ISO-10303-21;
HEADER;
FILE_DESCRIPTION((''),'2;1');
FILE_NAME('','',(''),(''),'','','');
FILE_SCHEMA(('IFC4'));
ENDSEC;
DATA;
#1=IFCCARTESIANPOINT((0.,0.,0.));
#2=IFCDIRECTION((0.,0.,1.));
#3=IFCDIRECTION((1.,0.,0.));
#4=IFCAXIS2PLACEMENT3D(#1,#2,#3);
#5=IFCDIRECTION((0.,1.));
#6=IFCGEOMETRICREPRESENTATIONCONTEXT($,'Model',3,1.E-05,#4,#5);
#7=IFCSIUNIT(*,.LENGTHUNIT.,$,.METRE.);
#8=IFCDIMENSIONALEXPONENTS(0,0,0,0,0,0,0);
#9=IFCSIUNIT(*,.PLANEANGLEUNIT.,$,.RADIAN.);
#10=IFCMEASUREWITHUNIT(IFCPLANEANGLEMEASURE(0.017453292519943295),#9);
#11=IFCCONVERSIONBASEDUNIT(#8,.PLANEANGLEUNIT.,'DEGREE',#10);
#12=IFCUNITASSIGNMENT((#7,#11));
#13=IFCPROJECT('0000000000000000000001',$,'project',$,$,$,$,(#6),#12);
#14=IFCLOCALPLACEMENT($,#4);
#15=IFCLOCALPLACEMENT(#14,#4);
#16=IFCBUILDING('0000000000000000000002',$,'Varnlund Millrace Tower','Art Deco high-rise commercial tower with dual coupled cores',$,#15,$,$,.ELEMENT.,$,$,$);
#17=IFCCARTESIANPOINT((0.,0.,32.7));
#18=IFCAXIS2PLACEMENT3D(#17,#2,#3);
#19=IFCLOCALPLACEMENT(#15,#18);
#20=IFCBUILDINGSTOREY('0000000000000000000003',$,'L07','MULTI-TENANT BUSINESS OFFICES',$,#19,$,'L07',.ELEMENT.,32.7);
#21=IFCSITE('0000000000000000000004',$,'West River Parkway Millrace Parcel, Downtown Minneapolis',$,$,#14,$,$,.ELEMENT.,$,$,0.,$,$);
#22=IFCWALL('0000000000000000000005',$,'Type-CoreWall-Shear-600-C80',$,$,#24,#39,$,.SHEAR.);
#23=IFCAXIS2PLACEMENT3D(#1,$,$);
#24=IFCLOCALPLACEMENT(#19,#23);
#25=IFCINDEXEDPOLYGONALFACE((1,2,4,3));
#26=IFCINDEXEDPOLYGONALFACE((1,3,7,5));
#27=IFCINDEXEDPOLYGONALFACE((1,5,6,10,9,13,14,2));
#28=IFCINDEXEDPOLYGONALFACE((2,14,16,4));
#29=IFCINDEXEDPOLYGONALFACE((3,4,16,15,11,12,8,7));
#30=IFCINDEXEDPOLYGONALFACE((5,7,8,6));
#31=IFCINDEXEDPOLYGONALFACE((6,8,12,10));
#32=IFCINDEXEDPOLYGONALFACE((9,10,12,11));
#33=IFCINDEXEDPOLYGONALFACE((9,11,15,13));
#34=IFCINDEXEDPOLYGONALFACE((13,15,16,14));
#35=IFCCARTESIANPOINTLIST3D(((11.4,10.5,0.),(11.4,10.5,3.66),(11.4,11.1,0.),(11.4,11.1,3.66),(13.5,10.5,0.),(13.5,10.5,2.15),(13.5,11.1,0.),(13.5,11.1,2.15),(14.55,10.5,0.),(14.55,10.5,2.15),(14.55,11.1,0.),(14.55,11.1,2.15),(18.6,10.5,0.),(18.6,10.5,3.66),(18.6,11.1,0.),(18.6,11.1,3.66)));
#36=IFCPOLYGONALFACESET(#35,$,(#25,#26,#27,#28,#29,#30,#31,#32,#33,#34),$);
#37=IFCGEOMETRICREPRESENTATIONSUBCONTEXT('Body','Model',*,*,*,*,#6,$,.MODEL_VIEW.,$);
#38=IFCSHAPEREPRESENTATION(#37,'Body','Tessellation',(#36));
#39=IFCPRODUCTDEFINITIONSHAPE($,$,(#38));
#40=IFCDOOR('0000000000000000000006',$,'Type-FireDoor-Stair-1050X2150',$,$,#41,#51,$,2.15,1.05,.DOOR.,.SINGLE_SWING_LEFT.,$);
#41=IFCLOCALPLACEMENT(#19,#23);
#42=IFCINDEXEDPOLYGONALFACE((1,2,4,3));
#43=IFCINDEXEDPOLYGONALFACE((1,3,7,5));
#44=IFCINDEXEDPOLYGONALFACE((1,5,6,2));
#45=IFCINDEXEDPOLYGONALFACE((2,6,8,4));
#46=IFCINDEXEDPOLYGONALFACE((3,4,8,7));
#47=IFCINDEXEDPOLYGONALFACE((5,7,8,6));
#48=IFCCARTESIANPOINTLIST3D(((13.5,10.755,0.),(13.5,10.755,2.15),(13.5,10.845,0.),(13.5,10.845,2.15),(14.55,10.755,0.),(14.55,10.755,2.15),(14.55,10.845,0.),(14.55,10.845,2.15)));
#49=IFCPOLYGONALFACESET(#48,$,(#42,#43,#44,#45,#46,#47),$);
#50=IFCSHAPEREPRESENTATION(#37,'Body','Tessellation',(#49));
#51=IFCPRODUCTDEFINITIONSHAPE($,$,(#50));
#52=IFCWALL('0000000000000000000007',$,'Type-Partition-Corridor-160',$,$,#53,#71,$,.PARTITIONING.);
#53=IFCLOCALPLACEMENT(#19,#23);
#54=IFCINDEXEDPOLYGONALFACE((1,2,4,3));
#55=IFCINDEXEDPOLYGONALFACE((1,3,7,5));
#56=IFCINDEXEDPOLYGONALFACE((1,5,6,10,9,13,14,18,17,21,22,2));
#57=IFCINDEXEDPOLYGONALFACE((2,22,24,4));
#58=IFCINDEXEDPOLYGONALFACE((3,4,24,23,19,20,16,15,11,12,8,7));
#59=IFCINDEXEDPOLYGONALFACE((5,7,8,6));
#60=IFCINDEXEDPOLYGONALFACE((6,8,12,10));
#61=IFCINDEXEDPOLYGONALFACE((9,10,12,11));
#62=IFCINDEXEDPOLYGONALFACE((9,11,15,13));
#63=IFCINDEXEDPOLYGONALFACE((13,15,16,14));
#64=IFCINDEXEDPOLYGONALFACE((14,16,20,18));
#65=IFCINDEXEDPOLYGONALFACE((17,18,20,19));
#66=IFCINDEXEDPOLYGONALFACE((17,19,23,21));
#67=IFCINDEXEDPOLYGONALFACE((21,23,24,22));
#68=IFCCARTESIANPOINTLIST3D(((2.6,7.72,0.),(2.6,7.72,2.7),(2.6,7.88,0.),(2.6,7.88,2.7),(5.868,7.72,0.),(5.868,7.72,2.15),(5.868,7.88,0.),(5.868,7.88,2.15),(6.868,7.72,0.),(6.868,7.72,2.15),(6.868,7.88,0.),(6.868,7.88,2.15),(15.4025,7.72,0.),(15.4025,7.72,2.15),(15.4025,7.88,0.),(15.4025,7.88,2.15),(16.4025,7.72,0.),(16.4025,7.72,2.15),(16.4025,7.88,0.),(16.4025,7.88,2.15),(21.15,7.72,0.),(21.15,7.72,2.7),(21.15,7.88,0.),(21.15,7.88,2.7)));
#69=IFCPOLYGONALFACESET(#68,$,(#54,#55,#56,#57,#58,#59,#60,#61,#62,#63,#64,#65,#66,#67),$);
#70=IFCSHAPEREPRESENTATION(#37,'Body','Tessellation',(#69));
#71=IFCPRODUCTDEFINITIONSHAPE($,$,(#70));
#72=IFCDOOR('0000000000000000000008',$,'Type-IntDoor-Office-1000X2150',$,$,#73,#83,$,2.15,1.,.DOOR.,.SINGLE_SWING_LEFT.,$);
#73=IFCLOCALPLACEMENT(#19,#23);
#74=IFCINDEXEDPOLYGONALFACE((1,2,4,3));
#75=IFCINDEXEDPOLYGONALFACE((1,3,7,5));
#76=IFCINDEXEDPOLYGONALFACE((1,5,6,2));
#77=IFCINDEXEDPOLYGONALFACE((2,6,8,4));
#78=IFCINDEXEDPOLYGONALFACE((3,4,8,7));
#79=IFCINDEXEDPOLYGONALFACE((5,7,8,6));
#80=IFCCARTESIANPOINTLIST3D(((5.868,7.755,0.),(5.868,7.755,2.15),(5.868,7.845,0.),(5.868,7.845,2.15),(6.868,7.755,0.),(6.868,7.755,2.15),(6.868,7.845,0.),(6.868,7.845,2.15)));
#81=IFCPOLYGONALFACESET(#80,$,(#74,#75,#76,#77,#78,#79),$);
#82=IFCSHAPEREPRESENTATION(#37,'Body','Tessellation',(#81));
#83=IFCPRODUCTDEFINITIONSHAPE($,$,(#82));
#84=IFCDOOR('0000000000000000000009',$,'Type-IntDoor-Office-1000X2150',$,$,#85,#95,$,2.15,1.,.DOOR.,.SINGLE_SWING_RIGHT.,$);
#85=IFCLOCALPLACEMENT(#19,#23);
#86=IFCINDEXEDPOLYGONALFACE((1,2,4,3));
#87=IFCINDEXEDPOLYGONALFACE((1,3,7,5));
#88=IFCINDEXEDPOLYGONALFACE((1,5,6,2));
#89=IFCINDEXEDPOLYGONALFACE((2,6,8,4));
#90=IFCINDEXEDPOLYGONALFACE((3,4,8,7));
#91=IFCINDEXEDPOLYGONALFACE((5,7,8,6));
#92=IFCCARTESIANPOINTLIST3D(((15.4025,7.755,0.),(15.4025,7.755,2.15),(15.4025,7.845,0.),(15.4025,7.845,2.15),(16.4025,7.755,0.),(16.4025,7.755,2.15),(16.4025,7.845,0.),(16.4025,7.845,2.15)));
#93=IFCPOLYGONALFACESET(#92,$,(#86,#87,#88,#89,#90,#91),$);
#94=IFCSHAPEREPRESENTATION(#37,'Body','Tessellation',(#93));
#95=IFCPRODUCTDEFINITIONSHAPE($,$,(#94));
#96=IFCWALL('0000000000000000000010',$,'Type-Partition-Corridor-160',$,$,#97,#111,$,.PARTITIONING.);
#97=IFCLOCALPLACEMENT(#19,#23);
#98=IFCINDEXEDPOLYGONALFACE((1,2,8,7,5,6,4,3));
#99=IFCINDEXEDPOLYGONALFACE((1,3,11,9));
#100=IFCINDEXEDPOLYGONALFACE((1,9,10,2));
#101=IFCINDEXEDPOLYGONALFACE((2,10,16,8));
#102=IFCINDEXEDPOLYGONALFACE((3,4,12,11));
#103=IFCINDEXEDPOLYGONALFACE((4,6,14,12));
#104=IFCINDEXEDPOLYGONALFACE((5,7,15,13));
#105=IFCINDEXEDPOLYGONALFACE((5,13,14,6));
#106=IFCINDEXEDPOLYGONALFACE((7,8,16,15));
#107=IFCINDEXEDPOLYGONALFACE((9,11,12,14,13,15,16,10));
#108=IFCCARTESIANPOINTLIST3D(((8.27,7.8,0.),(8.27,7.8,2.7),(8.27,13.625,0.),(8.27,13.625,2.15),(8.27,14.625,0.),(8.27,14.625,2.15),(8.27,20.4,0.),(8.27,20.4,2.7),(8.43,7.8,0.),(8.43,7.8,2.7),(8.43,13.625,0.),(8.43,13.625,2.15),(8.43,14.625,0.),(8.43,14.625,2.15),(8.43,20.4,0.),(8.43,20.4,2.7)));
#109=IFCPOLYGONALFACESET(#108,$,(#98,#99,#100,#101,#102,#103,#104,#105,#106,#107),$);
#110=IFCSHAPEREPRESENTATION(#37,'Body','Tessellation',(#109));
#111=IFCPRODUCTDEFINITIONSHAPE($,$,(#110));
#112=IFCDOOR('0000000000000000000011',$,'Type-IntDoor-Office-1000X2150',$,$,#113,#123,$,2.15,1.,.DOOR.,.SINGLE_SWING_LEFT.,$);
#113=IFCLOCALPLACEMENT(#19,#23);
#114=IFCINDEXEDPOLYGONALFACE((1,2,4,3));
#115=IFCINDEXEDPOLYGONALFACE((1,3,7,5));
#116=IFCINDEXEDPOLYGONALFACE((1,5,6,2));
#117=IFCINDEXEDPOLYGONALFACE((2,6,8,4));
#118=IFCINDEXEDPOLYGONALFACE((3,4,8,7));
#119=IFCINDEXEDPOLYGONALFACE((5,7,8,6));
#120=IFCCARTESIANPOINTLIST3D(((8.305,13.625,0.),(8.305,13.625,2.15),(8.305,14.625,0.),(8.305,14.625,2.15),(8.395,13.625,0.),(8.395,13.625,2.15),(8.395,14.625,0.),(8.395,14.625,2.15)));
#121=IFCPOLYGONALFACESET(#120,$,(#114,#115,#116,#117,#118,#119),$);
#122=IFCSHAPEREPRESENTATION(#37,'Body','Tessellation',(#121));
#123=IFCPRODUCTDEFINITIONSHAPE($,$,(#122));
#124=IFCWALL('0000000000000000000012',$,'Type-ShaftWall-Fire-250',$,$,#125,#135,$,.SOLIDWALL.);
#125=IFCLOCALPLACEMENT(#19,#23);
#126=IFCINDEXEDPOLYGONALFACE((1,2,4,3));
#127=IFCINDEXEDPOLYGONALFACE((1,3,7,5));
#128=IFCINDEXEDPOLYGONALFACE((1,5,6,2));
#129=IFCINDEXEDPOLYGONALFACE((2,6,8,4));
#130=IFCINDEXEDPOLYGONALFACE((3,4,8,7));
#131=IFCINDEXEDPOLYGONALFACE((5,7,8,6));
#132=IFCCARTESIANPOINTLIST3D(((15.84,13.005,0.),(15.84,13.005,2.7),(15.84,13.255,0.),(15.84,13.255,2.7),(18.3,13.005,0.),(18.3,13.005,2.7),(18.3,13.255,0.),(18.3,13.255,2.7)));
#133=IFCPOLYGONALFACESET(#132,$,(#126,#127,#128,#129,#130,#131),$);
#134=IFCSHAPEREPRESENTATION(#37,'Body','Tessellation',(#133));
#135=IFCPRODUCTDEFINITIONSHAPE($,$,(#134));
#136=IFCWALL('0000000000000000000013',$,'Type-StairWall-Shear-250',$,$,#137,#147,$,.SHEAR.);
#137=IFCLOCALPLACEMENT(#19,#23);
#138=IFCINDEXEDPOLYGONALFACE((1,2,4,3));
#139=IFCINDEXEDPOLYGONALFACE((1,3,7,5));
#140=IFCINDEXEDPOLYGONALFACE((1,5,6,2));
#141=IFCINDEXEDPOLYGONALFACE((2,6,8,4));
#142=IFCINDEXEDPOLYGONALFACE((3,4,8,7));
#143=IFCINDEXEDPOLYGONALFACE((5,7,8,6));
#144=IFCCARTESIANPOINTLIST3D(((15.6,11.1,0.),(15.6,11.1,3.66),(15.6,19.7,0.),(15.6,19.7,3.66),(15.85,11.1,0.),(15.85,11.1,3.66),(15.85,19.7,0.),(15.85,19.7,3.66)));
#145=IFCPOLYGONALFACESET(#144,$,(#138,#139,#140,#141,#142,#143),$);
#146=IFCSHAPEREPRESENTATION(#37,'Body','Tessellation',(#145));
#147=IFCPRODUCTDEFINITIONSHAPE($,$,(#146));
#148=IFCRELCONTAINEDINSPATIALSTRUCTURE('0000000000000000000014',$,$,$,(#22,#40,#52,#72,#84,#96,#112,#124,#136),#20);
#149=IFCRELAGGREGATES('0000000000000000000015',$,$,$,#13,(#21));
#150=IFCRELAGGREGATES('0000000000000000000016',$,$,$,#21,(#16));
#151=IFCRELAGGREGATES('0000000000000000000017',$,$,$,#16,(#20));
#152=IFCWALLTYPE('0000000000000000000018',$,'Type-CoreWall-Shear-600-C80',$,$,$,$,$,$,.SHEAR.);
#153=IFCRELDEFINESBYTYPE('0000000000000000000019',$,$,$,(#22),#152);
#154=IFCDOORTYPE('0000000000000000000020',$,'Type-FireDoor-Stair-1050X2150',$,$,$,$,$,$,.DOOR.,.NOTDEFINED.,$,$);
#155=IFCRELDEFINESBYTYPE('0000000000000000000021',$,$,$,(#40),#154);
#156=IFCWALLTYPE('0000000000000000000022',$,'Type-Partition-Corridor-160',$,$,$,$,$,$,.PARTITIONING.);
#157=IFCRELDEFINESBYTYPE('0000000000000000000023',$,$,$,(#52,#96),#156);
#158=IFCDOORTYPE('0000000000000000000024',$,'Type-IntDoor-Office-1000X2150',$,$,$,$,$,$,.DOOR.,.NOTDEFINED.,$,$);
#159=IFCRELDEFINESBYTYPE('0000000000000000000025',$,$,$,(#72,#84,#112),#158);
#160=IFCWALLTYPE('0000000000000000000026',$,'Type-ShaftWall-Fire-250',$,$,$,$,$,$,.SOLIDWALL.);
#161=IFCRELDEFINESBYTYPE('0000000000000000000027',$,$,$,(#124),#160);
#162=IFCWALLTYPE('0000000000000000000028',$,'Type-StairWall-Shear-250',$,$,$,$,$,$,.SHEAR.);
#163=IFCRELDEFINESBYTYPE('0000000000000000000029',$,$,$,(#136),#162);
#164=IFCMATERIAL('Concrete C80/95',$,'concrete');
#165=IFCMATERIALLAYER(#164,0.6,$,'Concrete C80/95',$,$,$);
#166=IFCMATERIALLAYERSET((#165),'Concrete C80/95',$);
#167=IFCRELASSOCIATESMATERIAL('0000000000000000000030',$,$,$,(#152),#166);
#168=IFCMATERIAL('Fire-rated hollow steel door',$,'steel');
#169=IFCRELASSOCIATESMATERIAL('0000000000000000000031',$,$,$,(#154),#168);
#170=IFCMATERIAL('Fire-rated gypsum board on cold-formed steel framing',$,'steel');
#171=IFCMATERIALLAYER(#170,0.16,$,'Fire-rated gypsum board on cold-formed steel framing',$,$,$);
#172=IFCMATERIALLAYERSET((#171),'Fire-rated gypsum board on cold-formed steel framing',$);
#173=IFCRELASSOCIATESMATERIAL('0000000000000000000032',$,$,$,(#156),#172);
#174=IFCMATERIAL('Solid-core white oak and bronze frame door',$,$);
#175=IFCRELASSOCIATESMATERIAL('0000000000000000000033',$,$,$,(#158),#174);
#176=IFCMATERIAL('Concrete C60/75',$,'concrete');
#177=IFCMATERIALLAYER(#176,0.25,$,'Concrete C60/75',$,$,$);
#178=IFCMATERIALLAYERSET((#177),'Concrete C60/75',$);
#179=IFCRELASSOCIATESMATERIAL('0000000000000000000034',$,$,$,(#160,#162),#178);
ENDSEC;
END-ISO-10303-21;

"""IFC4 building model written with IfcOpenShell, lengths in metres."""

from ifc_helpers import new_model, entity, si_unit, converted_unit, direction, frame, origin_with_axes, origin_2d_with_axis, place, context, subcontext, project, spatial, polyline, rectangle, outline, extrude, material, layer, layer_set, type_object, element, fill, save


model = new_model("IFC4")

# Units and contexts
model_context = context("Model", 3, precision=1e-05, world=origin_with_axes(), true_north=direction((0.0, 1.0)))
body_context = subcontext(model_context, "Body", "Model", "MODEL_VIEW")
ifc_project = project(units=[si_unit("LENGTHUNIT", "METRE"), converted_unit("PLANEANGLEUNIT", "DEGREE", entity("IfcPlaneAngleMeasure", 0.017453292519943295), si_unit("PLANEANGLEUNIT", "RADIAN"), dimensions=[0, 0, 0, 0, 0, 0, 0])], contexts=[model_context])

# Site, building, storey
site_placement = place(None, origin_with_axes())
site = spatial("IfcSite", under=ifc_project, at=site_placement, Name="West River Parkway Millrace Parcel, Downtown Minneapolis", CompositionType="ELEMENT", RefElevation=0.0)
building_placement = place(site_placement, origin_with_axes())
building = spatial("IfcBuilding", under=site, at=building_placement, Name="Varnlund Millrace Tower", Description="Art Deco high-rise commercial tower with dual coupled cores", CompositionType="ELEMENT")
storey_placement = place(building_placement, frame((0.0, 0.0, 32.7), z_axis=(0.0, 0.0, 1.0), x_axis=(1.0, 0.0, 0.0)))
storey = spatial("IfcBuildingStorey", under=building, at=storey_placement, Name="L07", Description="MULTI-TENANT BUSINESS OFFICES", LongName="L07", CompositionType="ELEMENT", Elevation=32.7)

# Shared definitions
ifc_material_1 = material(Name="Concrete C80/95", Category="concrete")

# Shared definitions
ifc_layer_1 = layer(ifc_material_1, 0.6, Name="Concrete C80/95")
ifc_layer_set_1 = layer_set([ifc_layer_1], Name="Concrete C80/95")
wall_type_1 = type_object("IfcWallType", Name="Type-CoreWall-Shear-600-C80", PredefinedType="SHEAR", material=ifc_layer_set_1)

# Wall, opening, door
wall_1_placement = place(storey_placement, frame((11.4, 10.8, 0.0), z_axis=(0.0, 0.0, 1.0), x_axis=(1.0, 0.0, 0.0)))
wall_1 = element("IfcWall", 1, at=wall_1_placement, inside=storey, type_object=wall_type_1, Name="Type-CoreWall-Shear-600-C80", PredefinedType="SHEAR", context=body_context, shape_type="SweptSolid", body=[
    extrude(outline(polyline([(0.0, -0.3), (7.2, -0.3), (7.2, 0.3), (0.0, 0.3), (0.0, -0.3)])), origin_with_axes(), (0.0, 0.0, 1.0), 3.66),
])
opening_1_placement = place(wall_1_placement, frame((2.625, 0.0, 0.0), z_axis=(0.0, 0.0, 1.0), x_axis=(1.0, 0.0, 0.0)))
opening_1 = element("IfcOpeningElement", 2, at=opening_1_placement, cuts=wall_1, PredefinedType="OPENING", context=body_context, shape_type="SweptSolid", body=[
    extrude(rectangle(XDim=1.05, YDim=0.62, at=origin_2d_with_axis()), origin_with_axes(), (0.0, 0.0, 1.0), 2.15),
])
ifc_material_2 = material(Name="Fire-rated hollow steel door", Category="steel")
door_type_1 = type_object("IfcDoorType", Name="Type-FireDoor-Stair-1050X2150", OperationType="NOTDEFINED", PredefinedType="DOOR", material=ifc_material_2)
door_1_placement = place(wall_1_placement, frame((2.625, 0.0, 0.0), z_axis=(0.0, 0.0, 1.0), x_axis=(1.0, 0.0, 0.0)))
door_1 = element("IfcDoor", 3, at=door_1_placement, inside=storey, type_object=door_type_1, Name="Type-FireDoor-Stair-1050X2150", OperationType="SINGLE_SWING_LEFT", OverallHeight=2.15, OverallWidth=1.05, PredefinedType="DOOR", context=body_context, shape_type="SweptSolid", body=[
    extrude(rectangle(XDim=1.05, YDim=0.09, at=origin_2d_with_axis()), origin_with_axes(), (0.0, 0.0, 1.0), 2.15),
])
fill(opening_1, door_1)

# Wall, openings, doors
ifc_material_3 = material(Name="Fire-rated gypsum board on cold-formed steel framing", Category="steel")
ifc_layer_2 = layer(ifc_material_3, 0.16, Name="Fire-rated gypsum board on cold-formed steel framing")
ifc_layer_set_2 = layer_set([ifc_layer_2], Name="Fire-rated gypsum board on cold-formed steel framing")
wall_type_2 = type_object("IfcWallType", Name="Type-Partition-Corridor-160", PredefinedType="PARTITIONING", material=ifc_layer_set_2)
wall_2_placement = place(storey_placement, frame((2.6, 7.8, 0.0), z_axis=(0.0, 0.0, 1.0), x_axis=(1.0, 0.0, 0.0)))
wall_2 = element("IfcWall", 4, at=wall_2_placement, inside=storey, type_object=wall_type_2, Name="Type-Partition-Corridor-160", PredefinedType="PARTITIONING", context=body_context, shape_type="SweptSolid", body=[
    extrude(outline(polyline([(0.0, -0.08), (18.55, -0.08), (18.55, 0.08), (0.0, 0.08), (0.0, -0.08)])), origin_with_axes(), (0.0, 0.0, 1.0), 2.7),
])
opening_2_placement = place(wall_2_placement, frame((3.768, 0.0, 0.0), z_axis=(0.0, 0.0, 1.0), x_axis=(1.0, 0.0, 0.0)))
opening_2 = element("IfcOpeningElement", 5, at=opening_2_placement, cuts=wall_2, PredefinedType="OPENING", context=body_context, shape_type="SweptSolid", body=[
    extrude(rectangle(XDim=1.0, YDim=0.18, at=origin_2d_with_axis()), origin_with_axes(), (0.0, 0.0, 1.0), 2.15),
])
opening_3_placement = place(wall_2_placement, frame((13.3025, 0.0, 0.0), z_axis=(0.0, 0.0, 1.0), x_axis=(1.0, 0.0, 0.0)))
opening_3 = element("IfcOpeningElement", 6, at=opening_3_placement, cuts=wall_2, PredefinedType="OPENING", context=body_context, shape_type="SweptSolid", body=[
    extrude(rectangle(XDim=1.0, YDim=0.18, at=origin_2d_with_axis()), origin_with_axes(), (0.0, 0.0, 1.0), 2.15),
])
ifc_material_4 = material(Name="Solid-core white oak and bronze frame door")
door_type_2 = type_object("IfcDoorType", Name="Type-IntDoor-Office-1000X2150", OperationType="NOTDEFINED", PredefinedType="DOOR", material=ifc_material_4)
door_2_placement = place(wall_2_placement, frame((3.768, 0.0, 0.0), z_axis=(0.0, 0.0, 1.0), x_axis=(1.0, 0.0, 0.0)))
door_2 = element("IfcDoor", 7, at=door_2_placement, inside=storey, type_object=door_type_2, Name="Type-IntDoor-Office-1000X2150", OperationType="SINGLE_SWING_LEFT", OverallHeight=2.15, OverallWidth=1.0, PredefinedType="DOOR", context=body_context, shape_type="SweptSolid", body=[
    extrude(rectangle(XDim=1.0, YDim=0.09, at=origin_2d_with_axis()), origin_with_axes(), (0.0, 0.0, 1.0), 2.15),
])
fill(opening_2, door_2)
door_3_placement = place(wall_2_placement, frame((13.3025, 0.0, 0.0), z_axis=(0.0, 0.0, 1.0), x_axis=(1.0, 0.0, 0.0)))
door_3 = element("IfcDoor", 8, at=door_3_placement, inside=storey, type_object=door_type_2, Name="Type-IntDoor-Office-1000X2150", OperationType="SINGLE_SWING_RIGHT", OverallHeight=2.15, OverallWidth=1.0, PredefinedType="DOOR", context=body_context, shape_type="SweptSolid", body=[
    extrude(rectangle(XDim=1.0, YDim=0.09, at=origin_2d_with_axis()), origin_with_axes(), (0.0, 0.0, 1.0), 2.15),
])
fill(opening_3, door_3)

# Wall, opening, door
wall_3_placement = place(storey_placement, frame((8.35, 7.8, 0.0), z_axis=(0.0, 0.0, 1.0), x_axis=(0.0, 1.0, 0.0)))
wall_3 = element("IfcWall", 9, at=wall_3_placement, inside=storey, type_object=wall_type_2, Name="Type-Partition-Corridor-160", PredefinedType="PARTITIONING", context=body_context, shape_type="SweptSolid", body=[
    extrude(outline(polyline([(0.0, -0.08), (12.6, -0.08), (12.6, 0.08), (0.0, 0.08), (0.0, -0.08)])), origin_with_axes(), (0.0, 0.0, 1.0), 2.7),
])
opening_4_placement = place(wall_3_placement, frame((6.325, 0.0, 0.0), z_axis=(0.0, 0.0, 1.0), x_axis=(1.0, 0.0, 0.0)))
opening_4 = element("IfcOpeningElement", 10, at=opening_4_placement, cuts=wall_3, PredefinedType="OPENING", context=body_context, shape_type="SweptSolid", body=[
    extrude(rectangle(XDim=1.0, YDim=0.18, at=origin_2d_with_axis()), origin_with_axes(), (0.0, 0.0, 1.0), 2.15),
])
door_4_placement = place(wall_3_placement, frame((6.325, 0.0, 0.0), z_axis=(0.0, 0.0, 1.0), x_axis=(1.0, 0.0, 0.0)))
door_4 = element("IfcDoor", 11, at=door_4_placement, inside=storey, type_object=door_type_2, Name="Type-IntDoor-Office-1000X2150", OperationType="SINGLE_SWING_LEFT", OverallHeight=2.15, OverallWidth=1.0, PredefinedType="DOOR", context=body_context, shape_type="SweptSolid", body=[
    extrude(rectangle(XDim=1.0, YDim=0.09, at=origin_2d_with_axis()), origin_with_axes(), (0.0, 0.0, 1.0), 2.15),
])
fill(opening_4, door_4)

# Walls
ifc_material_5 = material(Name="Concrete C60/75", Category="concrete")
ifc_layer_3 = layer(ifc_material_5, 0.25, Name="Concrete C60/75")
ifc_layer_set_3 = layer_set([ifc_layer_3], Name="Concrete C60/75")
wall_type_3 = type_object("IfcWallType", Name="Type-ShaftWall-Fire-250", PredefinedType="SOLIDWALL", material=ifc_layer_set_3)
wall_4_placement = place(storey_placement, frame((15.84, 13.13, 0.0), z_axis=(0.0, 0.0, 1.0), x_axis=(1.0, 0.0, 0.0)))
element("IfcWall", 12, at=wall_4_placement, inside=storey, type_object=wall_type_3, Name="Type-ShaftWall-Fire-250", PredefinedType="SOLIDWALL", context=body_context, shape_type="SweptSolid", body=[
    extrude(outline(polyline([(0.0, -0.125), (2.46, -0.125), (2.46, 0.125), (0.0, 0.125), (0.0, -0.125)])), origin_with_axes(), (0.0, 0.0, 1.0), 2.7),
])
wall_type_4 = type_object("IfcWallType", Name="Type-StairWall-Shear-250", PredefinedType="SHEAR", material=ifc_layer_set_3)
wall_5_placement = place(storey_placement, frame((15.725, 11.1, 0.0), z_axis=(0.0, 0.0, 1.0), x_axis=(0.0, 1.0, 0.0)))
element("IfcWall", 13, at=wall_5_placement, inside=storey, type_object=wall_type_4, Name="Type-StairWall-Shear-250", PredefinedType="SHEAR", context=body_context, shape_type="SweptSolid", body=[
    extrude(outline(polyline([(0.0, -0.125), (8.6, -0.125), (8.6, 0.125), (0.0, 0.125), (0.0, -0.125)])), origin_with_axes(), (0.0, 0.0, 1.0), 3.66),
])

save(model, "model.ifc")
